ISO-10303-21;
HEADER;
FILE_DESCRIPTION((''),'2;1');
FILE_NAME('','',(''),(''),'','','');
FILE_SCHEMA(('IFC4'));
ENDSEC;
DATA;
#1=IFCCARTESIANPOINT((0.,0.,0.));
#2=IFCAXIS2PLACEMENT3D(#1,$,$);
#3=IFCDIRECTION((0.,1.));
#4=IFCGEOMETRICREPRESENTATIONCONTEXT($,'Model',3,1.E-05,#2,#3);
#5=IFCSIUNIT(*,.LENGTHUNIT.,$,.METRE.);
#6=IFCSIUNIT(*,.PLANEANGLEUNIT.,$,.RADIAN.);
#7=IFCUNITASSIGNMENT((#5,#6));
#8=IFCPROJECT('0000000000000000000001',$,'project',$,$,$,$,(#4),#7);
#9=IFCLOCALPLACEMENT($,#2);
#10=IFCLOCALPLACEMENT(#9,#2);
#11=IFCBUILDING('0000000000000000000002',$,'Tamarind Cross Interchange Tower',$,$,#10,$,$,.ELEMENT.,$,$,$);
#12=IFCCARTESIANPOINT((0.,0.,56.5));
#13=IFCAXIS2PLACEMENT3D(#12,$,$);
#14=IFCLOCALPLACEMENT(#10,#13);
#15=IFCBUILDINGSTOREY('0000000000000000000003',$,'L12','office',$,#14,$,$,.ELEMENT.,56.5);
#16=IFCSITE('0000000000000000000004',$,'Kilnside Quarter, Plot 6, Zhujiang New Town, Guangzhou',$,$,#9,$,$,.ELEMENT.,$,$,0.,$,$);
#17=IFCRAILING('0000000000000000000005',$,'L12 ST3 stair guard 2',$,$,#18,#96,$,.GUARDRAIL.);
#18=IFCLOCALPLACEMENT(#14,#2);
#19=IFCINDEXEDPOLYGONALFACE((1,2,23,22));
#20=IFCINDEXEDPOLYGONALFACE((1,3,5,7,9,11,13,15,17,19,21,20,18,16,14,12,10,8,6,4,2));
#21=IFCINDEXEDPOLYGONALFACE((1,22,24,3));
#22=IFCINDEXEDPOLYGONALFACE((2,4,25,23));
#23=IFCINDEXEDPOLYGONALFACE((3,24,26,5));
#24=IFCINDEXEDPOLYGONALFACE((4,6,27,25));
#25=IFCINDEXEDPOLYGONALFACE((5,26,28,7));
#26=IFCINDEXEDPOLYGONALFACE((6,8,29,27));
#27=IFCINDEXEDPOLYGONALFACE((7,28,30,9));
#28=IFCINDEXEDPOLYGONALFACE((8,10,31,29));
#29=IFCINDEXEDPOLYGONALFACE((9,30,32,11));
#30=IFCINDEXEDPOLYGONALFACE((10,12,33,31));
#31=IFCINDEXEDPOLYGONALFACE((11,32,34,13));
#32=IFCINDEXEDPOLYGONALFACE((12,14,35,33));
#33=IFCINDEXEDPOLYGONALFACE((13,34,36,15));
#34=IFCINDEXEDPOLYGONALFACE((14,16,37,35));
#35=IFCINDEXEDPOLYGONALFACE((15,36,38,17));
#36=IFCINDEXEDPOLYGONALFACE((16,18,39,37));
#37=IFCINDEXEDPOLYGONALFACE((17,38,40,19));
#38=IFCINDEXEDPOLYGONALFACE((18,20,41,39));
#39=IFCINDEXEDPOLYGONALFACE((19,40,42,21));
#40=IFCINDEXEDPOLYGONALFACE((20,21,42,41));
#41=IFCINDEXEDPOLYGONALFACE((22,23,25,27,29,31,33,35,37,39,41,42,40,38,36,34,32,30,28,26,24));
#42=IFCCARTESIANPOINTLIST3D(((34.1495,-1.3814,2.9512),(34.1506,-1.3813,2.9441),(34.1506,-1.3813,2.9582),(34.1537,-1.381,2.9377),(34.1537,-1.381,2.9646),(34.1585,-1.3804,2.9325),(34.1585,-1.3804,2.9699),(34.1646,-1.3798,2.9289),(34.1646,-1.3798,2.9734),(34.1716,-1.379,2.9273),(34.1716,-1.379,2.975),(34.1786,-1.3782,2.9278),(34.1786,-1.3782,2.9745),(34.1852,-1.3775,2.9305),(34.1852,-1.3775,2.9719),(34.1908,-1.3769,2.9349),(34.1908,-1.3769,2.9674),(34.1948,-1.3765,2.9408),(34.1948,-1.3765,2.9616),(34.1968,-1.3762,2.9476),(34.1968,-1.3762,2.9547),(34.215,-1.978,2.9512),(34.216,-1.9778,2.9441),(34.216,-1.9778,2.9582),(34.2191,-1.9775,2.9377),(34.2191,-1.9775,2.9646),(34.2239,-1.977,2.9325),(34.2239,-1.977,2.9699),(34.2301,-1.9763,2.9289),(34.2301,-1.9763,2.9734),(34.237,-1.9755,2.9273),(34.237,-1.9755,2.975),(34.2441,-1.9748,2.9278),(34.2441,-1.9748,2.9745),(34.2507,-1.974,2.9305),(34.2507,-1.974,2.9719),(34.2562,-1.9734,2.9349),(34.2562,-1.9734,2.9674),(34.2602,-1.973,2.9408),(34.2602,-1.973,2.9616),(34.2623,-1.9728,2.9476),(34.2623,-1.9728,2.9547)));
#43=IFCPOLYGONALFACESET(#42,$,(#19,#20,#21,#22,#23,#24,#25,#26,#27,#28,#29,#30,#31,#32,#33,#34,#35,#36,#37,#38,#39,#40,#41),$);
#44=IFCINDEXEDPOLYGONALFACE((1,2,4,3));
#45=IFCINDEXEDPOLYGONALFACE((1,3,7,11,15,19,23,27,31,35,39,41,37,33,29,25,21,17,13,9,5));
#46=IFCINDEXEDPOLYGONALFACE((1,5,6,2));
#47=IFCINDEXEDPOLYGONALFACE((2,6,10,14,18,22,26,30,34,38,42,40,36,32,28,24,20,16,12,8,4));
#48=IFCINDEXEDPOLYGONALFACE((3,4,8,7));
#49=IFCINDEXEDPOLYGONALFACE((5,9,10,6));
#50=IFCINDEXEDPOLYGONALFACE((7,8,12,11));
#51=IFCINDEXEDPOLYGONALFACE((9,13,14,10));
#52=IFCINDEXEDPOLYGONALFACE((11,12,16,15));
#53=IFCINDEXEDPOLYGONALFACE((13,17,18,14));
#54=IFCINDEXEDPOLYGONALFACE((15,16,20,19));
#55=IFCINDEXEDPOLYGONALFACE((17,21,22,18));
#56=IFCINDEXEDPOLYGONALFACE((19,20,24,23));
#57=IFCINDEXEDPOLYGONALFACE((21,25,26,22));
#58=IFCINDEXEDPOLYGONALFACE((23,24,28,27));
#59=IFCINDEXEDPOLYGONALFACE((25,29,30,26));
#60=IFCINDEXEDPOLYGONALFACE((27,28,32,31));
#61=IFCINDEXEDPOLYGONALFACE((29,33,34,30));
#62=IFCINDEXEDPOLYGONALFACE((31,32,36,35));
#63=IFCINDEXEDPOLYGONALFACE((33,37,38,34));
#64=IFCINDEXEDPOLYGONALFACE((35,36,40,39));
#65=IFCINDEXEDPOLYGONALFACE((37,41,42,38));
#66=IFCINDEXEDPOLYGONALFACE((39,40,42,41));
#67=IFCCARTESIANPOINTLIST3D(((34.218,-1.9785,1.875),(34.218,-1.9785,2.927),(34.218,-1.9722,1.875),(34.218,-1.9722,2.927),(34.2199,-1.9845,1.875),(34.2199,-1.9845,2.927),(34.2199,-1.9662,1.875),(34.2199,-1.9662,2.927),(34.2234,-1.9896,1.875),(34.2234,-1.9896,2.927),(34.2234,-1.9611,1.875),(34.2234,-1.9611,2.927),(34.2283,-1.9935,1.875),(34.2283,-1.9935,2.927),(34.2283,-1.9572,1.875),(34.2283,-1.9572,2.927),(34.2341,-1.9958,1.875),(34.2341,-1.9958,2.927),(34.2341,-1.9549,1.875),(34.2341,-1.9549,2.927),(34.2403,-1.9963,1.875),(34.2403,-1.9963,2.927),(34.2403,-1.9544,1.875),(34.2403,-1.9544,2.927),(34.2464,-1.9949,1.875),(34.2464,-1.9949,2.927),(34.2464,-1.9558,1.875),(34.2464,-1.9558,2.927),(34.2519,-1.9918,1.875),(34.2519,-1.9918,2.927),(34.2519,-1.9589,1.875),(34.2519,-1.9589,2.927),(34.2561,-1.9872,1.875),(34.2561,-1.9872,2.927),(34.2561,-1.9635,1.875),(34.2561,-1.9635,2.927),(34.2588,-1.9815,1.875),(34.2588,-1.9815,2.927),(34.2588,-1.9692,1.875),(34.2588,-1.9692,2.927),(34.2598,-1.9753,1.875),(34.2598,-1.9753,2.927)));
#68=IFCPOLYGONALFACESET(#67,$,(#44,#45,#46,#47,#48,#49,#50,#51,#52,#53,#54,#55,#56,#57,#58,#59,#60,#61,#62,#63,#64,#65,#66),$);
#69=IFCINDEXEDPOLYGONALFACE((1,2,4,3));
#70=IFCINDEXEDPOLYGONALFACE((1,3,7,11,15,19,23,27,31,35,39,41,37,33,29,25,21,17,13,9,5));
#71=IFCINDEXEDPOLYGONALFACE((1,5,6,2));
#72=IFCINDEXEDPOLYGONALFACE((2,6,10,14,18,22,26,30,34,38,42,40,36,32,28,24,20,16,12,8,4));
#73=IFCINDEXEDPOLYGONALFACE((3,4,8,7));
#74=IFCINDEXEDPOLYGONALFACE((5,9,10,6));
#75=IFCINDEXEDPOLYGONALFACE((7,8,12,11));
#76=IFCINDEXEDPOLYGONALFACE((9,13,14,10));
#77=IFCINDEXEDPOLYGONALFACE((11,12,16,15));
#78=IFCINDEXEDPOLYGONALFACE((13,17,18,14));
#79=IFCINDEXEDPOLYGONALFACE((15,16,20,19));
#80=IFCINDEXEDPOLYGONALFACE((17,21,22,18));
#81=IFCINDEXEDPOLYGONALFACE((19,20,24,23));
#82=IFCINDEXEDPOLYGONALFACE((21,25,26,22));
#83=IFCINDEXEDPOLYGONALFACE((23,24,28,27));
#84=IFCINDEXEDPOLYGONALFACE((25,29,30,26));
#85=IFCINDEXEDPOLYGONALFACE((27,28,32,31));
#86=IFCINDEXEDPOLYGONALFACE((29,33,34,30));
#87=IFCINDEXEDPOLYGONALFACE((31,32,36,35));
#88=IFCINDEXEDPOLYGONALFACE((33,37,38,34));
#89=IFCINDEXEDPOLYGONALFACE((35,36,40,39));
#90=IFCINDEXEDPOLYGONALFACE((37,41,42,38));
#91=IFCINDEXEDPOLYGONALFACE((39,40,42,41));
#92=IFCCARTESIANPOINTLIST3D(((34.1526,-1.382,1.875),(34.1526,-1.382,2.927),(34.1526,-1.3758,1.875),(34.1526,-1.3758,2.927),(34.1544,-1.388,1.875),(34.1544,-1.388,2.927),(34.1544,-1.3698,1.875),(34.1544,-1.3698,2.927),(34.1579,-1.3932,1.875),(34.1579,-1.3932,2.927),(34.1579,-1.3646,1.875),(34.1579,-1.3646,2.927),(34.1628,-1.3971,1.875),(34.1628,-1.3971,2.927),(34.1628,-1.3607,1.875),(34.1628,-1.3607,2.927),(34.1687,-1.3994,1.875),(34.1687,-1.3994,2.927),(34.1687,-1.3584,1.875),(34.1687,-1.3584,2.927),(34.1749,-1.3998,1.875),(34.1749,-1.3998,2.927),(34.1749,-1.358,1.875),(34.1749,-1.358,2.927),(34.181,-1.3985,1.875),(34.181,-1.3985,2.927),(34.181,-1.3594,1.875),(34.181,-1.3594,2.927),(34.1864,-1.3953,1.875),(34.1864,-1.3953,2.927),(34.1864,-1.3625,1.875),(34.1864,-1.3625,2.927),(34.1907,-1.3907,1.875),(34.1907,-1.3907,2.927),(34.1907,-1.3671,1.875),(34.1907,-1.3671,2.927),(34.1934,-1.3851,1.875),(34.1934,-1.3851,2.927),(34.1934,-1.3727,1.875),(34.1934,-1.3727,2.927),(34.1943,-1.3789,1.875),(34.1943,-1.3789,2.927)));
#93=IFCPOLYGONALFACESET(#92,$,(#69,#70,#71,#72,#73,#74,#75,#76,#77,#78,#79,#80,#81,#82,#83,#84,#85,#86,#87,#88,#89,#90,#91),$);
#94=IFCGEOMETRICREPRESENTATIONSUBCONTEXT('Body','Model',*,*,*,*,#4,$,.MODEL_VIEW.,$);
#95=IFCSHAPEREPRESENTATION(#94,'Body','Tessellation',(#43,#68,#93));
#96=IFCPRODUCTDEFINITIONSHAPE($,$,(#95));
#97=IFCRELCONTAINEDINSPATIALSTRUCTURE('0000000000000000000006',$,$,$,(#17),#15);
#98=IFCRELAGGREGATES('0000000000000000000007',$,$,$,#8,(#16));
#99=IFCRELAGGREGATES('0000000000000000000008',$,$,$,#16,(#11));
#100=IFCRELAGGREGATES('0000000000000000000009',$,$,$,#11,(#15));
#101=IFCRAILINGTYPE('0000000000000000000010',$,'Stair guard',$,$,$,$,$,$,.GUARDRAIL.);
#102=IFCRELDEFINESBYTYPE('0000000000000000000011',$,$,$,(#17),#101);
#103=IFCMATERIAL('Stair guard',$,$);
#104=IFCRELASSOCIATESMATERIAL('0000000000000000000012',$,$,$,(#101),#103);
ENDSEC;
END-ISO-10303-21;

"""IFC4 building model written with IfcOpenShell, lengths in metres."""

from ifc_helpers import new_model, si_unit, direction, frame, origin, origin_2d, place, context, subcontext, project, spatial, circle, extrude, material, type_object, element, save


model = new_model("IFC4")

# Units and contexts
model_context = context("Model", 3, precision=1e-05, world=origin(), true_north=direction((0.0, 1.0)))
body_context = subcontext(model_context, "Body", "Model", "MODEL_VIEW")
ifc_project = project(units=[si_unit("LENGTHUNIT", "METRE"), si_unit("PLANEANGLEUNIT", "RADIAN")], contexts=[model_context])

# Site, building, storey
site_placement = place(None, origin())
site = spatial("IfcSite", under=ifc_project, at=site_placement, Name="Kilnside Quarter, Plot 6, Zhujiang New Town, Guangzhou", CompositionType="ELEMENT", RefElevation=0.0)
building_placement = place(site_placement, origin())
building = spatial("IfcBuilding", under=site, at=building_placement, Name="Tamarind Cross Interchange Tower", CompositionType="ELEMENT")
storey_placement = place(building_placement, frame((0.0, 0.0, 56.5)))
storey = spatial("IfcBuildingStorey", under=building, at=storey_placement, Name="L12", Description="office", CompositionType="ELEMENT", Elevation=56.5)

# Railing
ifc_material_1 = material(Name="Stair guard")
railing_type_1 = type_object("IfcRailingType", Name="Stair guard", PredefinedType="GUARDRAIL", material=ifc_material_1)
railing_1_placement = place(storey_placement, frame((34.2388, -1.9753, 1.875)))
element("IfcRailing", 1, at=railing_1_placement, inside=storey, type_object=railing_type_1, Name="L12 ST3 stair guard 2", PredefinedType="GUARDRAIL", context=body_context, shape_type="SweptSolid", body=[
    extrude(circle(Radius=0.0239, at=origin_2d()), frame((0.0, 0.0, 1.0762), z_axis=(-0.109047, 0.994037, 0.0), x_axis=(-0.994037, -0.109047, 0.0)), (0.0, 0.0, 1.0), 0.6001),
    extrude(circle(Radius=0.021, at=origin_2d()), origin(), (0.0, 0.0, 1.0), 1.052),
    extrude(circle(Radius=0.021, at=origin_2d()), frame((-0.0654, 0.5964, 0.0)), (0.0, 0.0, 1.0), 1.052),
])

save(model, "model.ifc")
